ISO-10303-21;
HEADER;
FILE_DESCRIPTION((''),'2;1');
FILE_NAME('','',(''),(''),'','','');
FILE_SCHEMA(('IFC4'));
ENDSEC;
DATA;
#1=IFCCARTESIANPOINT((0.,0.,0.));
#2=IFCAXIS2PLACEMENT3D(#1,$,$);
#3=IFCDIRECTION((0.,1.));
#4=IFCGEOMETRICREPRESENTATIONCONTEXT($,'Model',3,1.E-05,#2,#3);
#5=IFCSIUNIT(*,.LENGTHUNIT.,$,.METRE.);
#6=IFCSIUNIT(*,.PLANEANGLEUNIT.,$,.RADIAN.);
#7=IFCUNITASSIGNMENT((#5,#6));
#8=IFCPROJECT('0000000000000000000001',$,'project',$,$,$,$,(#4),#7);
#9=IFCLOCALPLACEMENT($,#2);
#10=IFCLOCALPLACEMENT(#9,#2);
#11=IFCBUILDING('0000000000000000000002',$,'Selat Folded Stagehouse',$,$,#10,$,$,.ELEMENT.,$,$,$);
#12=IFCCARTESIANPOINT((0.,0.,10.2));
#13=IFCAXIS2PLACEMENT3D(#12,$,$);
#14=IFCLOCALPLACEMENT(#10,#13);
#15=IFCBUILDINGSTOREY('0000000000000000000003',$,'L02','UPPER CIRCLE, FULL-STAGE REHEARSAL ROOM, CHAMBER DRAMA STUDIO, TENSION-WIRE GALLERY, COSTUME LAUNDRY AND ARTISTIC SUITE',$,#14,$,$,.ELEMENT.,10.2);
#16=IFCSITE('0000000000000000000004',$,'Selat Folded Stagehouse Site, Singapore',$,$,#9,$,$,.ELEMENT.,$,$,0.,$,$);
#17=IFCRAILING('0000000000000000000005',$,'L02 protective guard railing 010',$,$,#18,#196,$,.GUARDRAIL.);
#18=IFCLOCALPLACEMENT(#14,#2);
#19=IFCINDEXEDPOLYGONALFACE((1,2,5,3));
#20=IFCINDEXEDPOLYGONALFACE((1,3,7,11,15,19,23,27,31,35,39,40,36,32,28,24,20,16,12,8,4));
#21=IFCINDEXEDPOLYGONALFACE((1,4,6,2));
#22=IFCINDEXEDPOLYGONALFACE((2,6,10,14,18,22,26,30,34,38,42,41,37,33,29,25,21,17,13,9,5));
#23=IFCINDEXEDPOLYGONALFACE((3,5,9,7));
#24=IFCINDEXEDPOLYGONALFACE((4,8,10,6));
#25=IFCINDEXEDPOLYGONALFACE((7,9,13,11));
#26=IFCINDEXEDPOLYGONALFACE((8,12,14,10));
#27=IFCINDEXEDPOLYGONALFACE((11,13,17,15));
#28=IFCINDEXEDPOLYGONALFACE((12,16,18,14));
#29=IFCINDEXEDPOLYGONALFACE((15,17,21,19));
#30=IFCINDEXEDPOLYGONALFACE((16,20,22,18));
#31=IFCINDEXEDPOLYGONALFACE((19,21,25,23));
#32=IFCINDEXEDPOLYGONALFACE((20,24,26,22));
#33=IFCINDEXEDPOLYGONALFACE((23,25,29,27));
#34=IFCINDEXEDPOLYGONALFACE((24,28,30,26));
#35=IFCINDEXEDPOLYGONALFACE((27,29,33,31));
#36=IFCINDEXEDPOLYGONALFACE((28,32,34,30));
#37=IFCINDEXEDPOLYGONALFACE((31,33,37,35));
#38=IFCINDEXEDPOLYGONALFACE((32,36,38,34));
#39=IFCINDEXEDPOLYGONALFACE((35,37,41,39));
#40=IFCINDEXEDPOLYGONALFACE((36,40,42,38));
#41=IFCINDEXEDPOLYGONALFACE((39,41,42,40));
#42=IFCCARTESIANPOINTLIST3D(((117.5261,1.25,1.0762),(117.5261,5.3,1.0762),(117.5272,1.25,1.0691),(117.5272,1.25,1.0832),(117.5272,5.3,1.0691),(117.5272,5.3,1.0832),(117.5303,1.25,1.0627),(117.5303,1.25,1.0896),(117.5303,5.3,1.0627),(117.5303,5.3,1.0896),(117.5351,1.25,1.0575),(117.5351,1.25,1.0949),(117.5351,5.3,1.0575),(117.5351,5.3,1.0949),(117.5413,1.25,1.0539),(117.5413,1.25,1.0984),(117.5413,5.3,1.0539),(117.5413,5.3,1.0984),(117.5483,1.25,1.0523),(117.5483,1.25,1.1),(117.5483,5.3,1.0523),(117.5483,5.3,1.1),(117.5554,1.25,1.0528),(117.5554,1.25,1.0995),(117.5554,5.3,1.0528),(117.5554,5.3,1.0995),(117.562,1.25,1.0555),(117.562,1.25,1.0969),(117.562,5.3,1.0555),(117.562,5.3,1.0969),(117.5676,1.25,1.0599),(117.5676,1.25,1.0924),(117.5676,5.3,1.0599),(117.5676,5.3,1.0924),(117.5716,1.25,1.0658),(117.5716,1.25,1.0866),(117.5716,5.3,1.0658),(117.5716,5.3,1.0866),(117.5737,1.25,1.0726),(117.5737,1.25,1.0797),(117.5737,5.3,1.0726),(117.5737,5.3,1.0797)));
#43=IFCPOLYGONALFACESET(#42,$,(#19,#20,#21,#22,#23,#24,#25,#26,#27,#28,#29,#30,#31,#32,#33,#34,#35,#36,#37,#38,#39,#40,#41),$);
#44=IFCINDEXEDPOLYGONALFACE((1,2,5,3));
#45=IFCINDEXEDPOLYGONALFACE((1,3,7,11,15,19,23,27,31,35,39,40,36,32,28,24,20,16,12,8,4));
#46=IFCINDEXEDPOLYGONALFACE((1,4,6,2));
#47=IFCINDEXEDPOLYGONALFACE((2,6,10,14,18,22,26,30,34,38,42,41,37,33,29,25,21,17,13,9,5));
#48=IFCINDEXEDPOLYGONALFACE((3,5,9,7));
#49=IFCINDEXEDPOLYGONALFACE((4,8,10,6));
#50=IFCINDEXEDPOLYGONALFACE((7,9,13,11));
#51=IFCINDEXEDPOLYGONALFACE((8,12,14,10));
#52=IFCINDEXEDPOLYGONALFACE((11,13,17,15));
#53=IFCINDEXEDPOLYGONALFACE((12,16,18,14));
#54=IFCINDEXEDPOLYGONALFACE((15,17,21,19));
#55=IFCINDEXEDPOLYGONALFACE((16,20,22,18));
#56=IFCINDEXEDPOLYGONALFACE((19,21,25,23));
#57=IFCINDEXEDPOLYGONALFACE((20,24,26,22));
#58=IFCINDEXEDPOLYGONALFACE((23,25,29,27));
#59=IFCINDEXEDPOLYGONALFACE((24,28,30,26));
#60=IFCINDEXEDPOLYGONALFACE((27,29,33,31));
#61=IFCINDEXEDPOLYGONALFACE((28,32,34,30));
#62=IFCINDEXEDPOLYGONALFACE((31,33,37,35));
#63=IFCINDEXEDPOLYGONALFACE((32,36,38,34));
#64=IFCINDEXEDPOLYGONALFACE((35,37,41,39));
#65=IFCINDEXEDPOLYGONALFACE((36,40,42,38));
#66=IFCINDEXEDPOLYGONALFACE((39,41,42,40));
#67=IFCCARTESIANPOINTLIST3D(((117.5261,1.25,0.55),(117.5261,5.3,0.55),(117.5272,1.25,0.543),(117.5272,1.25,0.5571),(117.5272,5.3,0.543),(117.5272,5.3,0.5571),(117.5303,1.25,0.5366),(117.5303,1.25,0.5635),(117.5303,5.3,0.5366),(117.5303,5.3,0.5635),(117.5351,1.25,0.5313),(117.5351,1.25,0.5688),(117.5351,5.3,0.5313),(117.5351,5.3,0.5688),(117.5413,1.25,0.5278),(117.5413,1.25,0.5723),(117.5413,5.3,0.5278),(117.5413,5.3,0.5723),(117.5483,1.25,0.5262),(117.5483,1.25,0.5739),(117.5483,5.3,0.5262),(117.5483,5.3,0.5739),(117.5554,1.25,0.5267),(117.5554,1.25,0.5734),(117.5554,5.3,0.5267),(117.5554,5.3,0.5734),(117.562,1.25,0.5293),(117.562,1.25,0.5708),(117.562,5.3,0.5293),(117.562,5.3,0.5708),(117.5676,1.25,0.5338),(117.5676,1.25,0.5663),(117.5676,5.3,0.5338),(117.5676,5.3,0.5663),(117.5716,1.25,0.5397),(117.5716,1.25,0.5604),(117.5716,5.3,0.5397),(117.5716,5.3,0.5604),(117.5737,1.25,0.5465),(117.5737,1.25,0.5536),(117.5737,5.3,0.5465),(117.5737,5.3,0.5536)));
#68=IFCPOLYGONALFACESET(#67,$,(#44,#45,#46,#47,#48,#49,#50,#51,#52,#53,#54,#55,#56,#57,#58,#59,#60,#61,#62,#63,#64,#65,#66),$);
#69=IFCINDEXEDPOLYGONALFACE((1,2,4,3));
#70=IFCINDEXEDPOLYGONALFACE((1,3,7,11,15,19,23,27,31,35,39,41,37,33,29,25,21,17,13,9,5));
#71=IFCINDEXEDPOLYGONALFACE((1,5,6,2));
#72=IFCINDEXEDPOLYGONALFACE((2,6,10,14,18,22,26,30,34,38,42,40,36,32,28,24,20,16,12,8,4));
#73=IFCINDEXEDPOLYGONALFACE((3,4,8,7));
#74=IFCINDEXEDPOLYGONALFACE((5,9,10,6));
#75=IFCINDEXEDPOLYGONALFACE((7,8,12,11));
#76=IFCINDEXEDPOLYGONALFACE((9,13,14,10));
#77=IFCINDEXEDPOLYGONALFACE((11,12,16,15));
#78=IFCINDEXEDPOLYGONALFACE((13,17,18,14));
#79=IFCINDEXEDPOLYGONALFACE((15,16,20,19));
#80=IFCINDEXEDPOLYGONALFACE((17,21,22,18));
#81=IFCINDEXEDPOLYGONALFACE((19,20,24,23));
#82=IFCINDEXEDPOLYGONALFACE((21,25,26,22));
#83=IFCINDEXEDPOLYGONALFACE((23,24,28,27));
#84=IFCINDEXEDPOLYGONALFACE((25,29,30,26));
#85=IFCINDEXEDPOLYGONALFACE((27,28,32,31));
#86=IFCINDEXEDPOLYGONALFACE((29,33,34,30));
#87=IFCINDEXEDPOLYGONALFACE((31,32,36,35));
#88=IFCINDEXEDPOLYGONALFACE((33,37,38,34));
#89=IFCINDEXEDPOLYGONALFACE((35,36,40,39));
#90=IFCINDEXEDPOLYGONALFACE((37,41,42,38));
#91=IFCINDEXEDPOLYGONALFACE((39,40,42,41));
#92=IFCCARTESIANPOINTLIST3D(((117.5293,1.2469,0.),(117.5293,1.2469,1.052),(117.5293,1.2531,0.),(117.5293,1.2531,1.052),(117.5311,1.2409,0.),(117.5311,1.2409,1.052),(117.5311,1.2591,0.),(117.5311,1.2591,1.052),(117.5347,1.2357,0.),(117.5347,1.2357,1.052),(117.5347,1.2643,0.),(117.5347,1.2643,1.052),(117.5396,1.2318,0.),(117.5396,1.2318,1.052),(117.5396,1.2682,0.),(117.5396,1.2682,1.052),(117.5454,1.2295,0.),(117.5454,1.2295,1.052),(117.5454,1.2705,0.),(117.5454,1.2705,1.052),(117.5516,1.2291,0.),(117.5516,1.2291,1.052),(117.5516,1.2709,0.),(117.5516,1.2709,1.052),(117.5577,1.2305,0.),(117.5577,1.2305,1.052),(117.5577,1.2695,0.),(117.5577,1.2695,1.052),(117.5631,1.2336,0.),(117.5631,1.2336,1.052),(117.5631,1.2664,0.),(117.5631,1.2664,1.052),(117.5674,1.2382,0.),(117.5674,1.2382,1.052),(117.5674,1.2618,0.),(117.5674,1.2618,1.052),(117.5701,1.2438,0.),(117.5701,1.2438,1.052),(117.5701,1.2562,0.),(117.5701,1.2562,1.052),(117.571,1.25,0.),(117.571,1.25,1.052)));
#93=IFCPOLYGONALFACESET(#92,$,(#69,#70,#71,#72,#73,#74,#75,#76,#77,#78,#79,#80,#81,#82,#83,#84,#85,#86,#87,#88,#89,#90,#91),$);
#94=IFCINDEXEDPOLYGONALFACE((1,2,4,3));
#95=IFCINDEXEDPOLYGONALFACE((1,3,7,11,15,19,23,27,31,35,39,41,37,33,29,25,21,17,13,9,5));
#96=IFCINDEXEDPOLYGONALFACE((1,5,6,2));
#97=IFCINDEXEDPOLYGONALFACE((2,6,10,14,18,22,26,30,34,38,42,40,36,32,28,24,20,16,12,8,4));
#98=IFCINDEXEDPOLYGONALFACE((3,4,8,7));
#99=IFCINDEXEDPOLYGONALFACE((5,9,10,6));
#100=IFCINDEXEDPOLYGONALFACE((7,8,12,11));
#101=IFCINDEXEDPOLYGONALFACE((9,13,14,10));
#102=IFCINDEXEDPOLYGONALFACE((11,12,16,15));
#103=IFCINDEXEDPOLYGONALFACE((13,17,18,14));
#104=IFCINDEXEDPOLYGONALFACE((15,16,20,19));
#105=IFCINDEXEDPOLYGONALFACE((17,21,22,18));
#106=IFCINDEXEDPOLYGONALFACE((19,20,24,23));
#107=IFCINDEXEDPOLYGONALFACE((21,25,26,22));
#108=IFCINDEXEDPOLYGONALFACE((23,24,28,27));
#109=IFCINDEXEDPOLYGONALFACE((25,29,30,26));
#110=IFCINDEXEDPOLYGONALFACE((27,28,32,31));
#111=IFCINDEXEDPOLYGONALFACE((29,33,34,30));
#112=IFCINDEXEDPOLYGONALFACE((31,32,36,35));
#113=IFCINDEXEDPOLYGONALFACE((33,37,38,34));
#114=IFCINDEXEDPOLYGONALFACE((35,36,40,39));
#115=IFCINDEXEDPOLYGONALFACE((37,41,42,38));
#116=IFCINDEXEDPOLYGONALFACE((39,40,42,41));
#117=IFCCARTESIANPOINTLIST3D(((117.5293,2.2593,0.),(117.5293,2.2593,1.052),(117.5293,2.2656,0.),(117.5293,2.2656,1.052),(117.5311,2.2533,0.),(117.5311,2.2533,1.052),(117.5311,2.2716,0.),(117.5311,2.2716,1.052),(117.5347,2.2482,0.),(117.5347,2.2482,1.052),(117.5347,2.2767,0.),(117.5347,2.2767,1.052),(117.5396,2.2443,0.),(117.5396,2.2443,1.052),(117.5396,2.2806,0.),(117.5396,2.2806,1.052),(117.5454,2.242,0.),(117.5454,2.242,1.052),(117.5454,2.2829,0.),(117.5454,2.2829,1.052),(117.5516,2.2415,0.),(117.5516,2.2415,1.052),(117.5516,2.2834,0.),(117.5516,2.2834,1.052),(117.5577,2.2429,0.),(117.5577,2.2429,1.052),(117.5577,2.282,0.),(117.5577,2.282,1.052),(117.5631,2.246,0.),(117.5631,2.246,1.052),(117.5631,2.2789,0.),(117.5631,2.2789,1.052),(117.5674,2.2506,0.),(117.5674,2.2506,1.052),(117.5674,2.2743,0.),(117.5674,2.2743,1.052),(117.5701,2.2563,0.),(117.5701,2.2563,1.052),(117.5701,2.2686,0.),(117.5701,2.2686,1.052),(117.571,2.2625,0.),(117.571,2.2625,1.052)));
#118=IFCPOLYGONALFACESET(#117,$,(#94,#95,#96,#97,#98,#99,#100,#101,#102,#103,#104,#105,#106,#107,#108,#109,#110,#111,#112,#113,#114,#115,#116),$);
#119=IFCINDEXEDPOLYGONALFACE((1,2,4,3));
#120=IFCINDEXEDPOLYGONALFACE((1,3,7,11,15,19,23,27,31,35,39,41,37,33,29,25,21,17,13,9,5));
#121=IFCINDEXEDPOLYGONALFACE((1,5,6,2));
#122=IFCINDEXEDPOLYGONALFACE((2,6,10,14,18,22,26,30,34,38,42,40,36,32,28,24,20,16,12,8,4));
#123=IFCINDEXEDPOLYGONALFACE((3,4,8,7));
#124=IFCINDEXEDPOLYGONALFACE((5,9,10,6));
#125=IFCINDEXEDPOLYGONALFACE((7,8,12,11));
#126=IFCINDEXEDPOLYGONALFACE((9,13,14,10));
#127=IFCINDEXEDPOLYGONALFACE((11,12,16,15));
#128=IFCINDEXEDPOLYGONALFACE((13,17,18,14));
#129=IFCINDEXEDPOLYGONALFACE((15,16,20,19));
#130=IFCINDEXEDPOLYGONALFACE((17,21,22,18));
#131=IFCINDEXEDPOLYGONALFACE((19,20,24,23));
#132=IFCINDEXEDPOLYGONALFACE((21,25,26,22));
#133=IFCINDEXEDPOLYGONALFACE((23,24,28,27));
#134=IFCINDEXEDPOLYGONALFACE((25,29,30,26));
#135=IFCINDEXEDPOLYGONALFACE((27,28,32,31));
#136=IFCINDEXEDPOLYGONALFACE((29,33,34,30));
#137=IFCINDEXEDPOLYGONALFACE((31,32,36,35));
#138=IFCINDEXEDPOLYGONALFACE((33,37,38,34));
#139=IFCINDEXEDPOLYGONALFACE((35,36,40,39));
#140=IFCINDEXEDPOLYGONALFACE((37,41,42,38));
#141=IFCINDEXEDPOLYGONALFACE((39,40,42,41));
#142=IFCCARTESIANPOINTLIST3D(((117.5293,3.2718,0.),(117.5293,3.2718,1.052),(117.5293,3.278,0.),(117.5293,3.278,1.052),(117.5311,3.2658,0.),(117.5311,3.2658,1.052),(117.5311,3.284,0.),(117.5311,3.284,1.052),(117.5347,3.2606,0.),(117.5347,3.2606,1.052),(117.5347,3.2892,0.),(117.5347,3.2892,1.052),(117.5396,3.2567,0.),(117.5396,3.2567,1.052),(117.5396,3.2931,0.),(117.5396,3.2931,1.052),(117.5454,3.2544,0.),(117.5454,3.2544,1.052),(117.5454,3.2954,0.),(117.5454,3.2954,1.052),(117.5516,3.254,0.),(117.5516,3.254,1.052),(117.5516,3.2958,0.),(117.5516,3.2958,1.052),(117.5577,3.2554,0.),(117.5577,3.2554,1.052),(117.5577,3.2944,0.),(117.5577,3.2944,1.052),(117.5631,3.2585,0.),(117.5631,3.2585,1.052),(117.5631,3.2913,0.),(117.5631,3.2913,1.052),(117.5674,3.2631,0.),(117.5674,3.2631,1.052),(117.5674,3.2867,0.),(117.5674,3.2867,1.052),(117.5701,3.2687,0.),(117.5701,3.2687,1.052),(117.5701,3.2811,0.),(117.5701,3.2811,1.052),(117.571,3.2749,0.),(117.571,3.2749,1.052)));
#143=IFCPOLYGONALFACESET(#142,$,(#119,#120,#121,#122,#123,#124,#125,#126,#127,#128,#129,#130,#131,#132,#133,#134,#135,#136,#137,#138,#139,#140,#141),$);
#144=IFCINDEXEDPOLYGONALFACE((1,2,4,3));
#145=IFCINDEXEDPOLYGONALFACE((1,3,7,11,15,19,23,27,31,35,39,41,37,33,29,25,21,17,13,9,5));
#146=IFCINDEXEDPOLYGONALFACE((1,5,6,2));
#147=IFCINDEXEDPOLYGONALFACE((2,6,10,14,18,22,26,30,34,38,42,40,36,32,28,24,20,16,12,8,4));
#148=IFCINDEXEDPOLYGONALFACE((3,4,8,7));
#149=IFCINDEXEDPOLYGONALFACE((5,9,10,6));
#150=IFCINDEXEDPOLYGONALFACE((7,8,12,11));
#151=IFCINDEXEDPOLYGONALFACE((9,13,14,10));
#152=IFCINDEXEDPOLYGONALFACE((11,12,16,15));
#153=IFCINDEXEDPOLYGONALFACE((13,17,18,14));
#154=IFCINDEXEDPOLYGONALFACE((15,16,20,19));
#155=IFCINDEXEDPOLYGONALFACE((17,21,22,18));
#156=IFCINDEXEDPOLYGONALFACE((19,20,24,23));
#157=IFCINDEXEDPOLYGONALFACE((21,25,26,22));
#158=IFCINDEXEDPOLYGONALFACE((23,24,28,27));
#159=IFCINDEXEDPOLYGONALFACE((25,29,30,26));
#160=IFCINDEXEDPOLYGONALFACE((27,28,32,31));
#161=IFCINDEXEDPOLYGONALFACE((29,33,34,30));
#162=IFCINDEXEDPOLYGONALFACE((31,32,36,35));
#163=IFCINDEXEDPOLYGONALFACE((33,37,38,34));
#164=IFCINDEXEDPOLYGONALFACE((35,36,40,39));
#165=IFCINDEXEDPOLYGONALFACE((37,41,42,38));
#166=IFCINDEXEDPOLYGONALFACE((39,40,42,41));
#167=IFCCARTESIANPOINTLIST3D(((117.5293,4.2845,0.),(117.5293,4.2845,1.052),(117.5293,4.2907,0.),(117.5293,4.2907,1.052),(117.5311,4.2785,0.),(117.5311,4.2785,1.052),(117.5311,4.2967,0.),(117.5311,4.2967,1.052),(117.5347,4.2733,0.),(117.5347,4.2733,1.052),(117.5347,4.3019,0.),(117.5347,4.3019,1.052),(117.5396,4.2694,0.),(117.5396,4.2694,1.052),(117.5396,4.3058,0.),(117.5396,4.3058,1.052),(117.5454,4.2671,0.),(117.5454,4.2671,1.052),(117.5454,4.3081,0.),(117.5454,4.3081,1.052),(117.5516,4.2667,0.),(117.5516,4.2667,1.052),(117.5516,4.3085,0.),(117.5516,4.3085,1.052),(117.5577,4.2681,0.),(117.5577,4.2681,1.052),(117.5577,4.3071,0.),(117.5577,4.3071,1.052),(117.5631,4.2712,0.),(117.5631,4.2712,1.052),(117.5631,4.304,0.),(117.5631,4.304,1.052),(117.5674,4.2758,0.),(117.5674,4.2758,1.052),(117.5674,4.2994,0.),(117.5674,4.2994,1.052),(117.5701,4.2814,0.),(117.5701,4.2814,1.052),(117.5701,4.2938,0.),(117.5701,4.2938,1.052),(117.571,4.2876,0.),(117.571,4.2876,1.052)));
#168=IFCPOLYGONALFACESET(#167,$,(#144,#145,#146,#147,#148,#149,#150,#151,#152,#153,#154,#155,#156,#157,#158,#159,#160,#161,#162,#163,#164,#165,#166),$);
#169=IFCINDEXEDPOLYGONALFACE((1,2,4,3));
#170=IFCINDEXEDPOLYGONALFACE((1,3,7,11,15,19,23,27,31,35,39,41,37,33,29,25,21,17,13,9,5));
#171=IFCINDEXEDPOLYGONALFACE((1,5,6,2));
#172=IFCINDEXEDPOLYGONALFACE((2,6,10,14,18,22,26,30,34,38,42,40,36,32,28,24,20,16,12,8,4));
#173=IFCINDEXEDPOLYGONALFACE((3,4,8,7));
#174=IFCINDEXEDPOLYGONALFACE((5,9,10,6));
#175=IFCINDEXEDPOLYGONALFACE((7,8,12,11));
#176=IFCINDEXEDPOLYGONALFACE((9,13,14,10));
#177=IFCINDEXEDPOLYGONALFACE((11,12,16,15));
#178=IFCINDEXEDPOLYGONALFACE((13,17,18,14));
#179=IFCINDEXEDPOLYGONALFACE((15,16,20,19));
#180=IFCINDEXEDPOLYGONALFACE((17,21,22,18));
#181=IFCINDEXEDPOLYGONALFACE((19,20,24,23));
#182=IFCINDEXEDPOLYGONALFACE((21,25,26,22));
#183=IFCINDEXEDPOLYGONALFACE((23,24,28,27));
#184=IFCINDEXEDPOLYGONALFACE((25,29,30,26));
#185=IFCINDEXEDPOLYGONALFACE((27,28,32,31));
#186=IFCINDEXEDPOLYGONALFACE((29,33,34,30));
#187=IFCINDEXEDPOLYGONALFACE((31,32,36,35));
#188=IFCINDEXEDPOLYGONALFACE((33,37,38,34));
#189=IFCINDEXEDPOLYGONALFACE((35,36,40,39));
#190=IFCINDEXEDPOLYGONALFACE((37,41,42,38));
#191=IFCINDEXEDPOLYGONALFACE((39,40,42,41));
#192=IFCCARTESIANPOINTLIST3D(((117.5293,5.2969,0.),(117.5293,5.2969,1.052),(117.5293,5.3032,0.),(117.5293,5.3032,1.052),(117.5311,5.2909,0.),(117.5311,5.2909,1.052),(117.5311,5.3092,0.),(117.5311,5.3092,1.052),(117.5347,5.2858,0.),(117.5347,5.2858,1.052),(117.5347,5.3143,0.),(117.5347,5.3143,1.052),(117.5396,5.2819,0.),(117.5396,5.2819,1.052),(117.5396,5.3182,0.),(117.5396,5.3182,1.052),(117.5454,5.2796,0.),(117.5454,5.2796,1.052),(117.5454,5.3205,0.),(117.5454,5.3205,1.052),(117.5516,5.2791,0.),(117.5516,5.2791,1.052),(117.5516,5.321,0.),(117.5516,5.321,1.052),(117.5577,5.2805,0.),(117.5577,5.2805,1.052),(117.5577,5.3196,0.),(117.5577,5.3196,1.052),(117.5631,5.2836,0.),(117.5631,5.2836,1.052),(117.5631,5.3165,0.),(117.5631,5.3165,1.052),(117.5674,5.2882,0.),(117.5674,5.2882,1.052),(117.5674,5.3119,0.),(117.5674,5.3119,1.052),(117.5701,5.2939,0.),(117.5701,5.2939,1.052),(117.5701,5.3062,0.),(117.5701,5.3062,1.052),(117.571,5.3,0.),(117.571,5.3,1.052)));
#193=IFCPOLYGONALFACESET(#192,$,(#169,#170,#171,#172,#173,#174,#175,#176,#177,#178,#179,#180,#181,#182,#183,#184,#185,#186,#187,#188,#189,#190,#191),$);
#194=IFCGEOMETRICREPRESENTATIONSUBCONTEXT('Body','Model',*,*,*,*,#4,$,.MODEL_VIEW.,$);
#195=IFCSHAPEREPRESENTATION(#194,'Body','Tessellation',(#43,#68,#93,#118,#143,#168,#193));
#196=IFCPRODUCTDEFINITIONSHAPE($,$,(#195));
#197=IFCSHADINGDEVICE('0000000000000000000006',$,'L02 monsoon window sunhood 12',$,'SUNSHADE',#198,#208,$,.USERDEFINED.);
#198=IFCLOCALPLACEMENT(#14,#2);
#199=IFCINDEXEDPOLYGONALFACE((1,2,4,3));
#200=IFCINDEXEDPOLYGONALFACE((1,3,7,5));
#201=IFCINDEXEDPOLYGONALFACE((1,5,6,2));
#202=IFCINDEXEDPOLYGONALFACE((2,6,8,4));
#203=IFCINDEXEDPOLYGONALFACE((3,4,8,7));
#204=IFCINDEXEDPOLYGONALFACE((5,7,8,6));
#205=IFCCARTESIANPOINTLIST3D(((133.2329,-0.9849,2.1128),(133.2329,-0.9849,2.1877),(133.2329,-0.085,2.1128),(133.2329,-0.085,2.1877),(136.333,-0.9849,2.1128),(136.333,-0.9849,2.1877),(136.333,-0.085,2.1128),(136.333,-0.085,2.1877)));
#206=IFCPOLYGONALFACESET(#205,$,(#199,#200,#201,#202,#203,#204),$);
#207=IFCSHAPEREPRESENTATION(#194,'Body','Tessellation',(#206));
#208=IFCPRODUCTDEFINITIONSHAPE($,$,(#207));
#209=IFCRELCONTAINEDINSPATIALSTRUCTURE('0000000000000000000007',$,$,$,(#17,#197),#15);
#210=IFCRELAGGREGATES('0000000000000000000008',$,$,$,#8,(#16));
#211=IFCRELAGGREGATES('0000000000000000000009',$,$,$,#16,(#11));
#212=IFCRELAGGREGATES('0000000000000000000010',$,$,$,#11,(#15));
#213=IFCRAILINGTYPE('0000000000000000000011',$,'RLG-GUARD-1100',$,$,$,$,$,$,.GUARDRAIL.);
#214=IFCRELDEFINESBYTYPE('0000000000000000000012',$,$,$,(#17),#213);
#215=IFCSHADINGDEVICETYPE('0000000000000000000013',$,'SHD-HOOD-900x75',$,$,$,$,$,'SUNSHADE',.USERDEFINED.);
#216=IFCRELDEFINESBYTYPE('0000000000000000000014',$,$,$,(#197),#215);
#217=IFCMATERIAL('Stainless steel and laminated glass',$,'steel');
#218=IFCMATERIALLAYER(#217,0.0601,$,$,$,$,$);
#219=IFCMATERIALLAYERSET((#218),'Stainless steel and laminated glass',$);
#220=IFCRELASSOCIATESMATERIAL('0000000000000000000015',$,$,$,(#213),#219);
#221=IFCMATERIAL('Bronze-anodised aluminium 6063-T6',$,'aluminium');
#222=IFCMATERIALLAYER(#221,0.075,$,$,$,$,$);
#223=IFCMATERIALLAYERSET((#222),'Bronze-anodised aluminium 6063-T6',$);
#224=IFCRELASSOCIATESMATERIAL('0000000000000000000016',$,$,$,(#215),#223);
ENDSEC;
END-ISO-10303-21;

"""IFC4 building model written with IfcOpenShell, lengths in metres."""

from ifc_helpers import new_model, si_unit, direction, frame, origin, origin_2d, place, context, subcontext, project, spatial, rectangle, circle, extrude, material, layer, layer_set, type_object, element, save


model = new_model("IFC4")

# Units and contexts
model_context = context("Model", 3, precision=1e-05, world=origin(), true_north=direction((0.0, 1.0)))
body_context = subcontext(model_context, "Body", "Model", "MODEL_VIEW")
ifc_project = project(units=[si_unit("LENGTHUNIT", "METRE"), si_unit("PLANEANGLEUNIT", "RADIAN")], contexts=[model_context])

# Site, building, storey
site_placement = place(None, origin())
site = spatial("IfcSite", under=ifc_project, at=site_placement, Name="Selat Folded Stagehouse Site, Singapore", CompositionType="ELEMENT", RefElevation=0.0)
building_placement = place(site_placement, origin())
building = spatial("IfcBuilding", under=site, at=building_placement, Name="Selat Folded Stagehouse", CompositionType="ELEMENT")
storey_placement = place(building_placement, frame((0.0, 0.0, 10.2)))
storey = spatial("IfcBuildingStorey", under=building, at=storey_placement, Name="L02", Description="UPPER CIRCLE, FULL-STAGE REHEARSAL ROOM, CHAMBER DRAMA STUDIO, TENSION-WIRE GALLERY, COSTUME LAUNDRY AND ARTISTIC SUITE", CompositionType="ELEMENT", Elevation=10.2)

# Railing
ifc_material_1 = material(Name="Stainless steel and laminated glass", Category="steel")
ifc_layer_1 = layer(ifc_material_1, 0.0601)
ifc_layer_set_1 = layer_set([ifc_layer_1], Name="Stainless steel and laminated glass")
railing_type_1 = type_object("IfcRailingType", Name="RLG-GUARD-1100", PredefinedType="GUARDRAIL", material=ifc_layer_set_1)
railing_1_placement = place(storey_placement, frame((117.55, 1.25, 0.0)))
element("IfcRailing", 1, at=railing_1_placement, inside=storey, type_object=railing_type_1, Name="L02 protective guard railing 010", PredefinedType="GUARDRAIL", context=body_context, shape_type="SweptSolid", body=[
    extrude(circle(Radius=0.0239, at=origin_2d()), frame((0.0, 0.0, 1.0762), z_axis=(0.0, 1.0, 0.0), x_axis=(-1.0, 0.0, 0.0)), (0.0, 0.0, 1.0), 4.05),
    extrude(circle(Radius=0.0239, at=origin_2d()), frame((0.0, 0.0, 0.55), z_axis=(0.0, 1.0, 0.0), x_axis=(-1.0, 0.0, 0.0)), (0.0, 0.0, 1.0), 4.05),
    extrude(circle(Radius=0.021, at=origin_2d()), origin(), (0.0, 0.0, 1.0), 1.052),
    extrude(circle(Radius=0.021, at=origin_2d()), frame((0.0, 1.0125, 0.0)), (0.0, 0.0, 1.0), 1.052),
    extrude(circle(Radius=0.021, at=origin_2d()), frame((0.0, 2.0249, 0.0)), (0.0, 0.0, 1.0), 1.052),
    extrude(circle(Radius=0.021, at=origin_2d()), frame((0.0, 3.0376, 0.0)), (0.0, 0.0, 1.0), 1.052),
    extrude(circle(Radius=0.021, at=origin_2d()), frame((0.0, 4.05, 0.0)), (0.0, 0.0, 1.0), 1.052),
])

# Shading device
ifc_material_2 = material(Name="Bronze-anodised aluminium 6063-T6", Category="aluminium")
ifc_layer_2 = layer(ifc_material_2, 0.075)
ifc_layer_set_2 = layer_set([ifc_layer_2], Name="Bronze-anodised aluminium 6063-T6")
shading_device_type = type_object("IfcShadingDeviceType", Name="SHD-HOOD-900x75", ElementType="SUNSHADE", PredefinedType="USERDEFINED", material=ifc_layer_set_2)
shading_device_placement = place(storey_placement, frame((134.783, -0.5349, 2.1128), z_axis=(0.0, 0.0, 1.0), x_axis=(-1.0, 0.0, 0.0)))
element("IfcShadingDevice", 2, at=shading_device_placement, inside=storey, type_object=shading_device_type, Name="L02 monsoon window sunhood 12", ObjectType="SUNSHADE", PredefinedType="USERDEFINED", context=body_context, shape_type="SweptSolid", body=[
    extrude(rectangle(XDim=3.1001, YDim=0.8999, at=origin_2d()), origin(), (0.0, 0.0, 1.0), 0.075),
])

save(model, "model.ifc")
